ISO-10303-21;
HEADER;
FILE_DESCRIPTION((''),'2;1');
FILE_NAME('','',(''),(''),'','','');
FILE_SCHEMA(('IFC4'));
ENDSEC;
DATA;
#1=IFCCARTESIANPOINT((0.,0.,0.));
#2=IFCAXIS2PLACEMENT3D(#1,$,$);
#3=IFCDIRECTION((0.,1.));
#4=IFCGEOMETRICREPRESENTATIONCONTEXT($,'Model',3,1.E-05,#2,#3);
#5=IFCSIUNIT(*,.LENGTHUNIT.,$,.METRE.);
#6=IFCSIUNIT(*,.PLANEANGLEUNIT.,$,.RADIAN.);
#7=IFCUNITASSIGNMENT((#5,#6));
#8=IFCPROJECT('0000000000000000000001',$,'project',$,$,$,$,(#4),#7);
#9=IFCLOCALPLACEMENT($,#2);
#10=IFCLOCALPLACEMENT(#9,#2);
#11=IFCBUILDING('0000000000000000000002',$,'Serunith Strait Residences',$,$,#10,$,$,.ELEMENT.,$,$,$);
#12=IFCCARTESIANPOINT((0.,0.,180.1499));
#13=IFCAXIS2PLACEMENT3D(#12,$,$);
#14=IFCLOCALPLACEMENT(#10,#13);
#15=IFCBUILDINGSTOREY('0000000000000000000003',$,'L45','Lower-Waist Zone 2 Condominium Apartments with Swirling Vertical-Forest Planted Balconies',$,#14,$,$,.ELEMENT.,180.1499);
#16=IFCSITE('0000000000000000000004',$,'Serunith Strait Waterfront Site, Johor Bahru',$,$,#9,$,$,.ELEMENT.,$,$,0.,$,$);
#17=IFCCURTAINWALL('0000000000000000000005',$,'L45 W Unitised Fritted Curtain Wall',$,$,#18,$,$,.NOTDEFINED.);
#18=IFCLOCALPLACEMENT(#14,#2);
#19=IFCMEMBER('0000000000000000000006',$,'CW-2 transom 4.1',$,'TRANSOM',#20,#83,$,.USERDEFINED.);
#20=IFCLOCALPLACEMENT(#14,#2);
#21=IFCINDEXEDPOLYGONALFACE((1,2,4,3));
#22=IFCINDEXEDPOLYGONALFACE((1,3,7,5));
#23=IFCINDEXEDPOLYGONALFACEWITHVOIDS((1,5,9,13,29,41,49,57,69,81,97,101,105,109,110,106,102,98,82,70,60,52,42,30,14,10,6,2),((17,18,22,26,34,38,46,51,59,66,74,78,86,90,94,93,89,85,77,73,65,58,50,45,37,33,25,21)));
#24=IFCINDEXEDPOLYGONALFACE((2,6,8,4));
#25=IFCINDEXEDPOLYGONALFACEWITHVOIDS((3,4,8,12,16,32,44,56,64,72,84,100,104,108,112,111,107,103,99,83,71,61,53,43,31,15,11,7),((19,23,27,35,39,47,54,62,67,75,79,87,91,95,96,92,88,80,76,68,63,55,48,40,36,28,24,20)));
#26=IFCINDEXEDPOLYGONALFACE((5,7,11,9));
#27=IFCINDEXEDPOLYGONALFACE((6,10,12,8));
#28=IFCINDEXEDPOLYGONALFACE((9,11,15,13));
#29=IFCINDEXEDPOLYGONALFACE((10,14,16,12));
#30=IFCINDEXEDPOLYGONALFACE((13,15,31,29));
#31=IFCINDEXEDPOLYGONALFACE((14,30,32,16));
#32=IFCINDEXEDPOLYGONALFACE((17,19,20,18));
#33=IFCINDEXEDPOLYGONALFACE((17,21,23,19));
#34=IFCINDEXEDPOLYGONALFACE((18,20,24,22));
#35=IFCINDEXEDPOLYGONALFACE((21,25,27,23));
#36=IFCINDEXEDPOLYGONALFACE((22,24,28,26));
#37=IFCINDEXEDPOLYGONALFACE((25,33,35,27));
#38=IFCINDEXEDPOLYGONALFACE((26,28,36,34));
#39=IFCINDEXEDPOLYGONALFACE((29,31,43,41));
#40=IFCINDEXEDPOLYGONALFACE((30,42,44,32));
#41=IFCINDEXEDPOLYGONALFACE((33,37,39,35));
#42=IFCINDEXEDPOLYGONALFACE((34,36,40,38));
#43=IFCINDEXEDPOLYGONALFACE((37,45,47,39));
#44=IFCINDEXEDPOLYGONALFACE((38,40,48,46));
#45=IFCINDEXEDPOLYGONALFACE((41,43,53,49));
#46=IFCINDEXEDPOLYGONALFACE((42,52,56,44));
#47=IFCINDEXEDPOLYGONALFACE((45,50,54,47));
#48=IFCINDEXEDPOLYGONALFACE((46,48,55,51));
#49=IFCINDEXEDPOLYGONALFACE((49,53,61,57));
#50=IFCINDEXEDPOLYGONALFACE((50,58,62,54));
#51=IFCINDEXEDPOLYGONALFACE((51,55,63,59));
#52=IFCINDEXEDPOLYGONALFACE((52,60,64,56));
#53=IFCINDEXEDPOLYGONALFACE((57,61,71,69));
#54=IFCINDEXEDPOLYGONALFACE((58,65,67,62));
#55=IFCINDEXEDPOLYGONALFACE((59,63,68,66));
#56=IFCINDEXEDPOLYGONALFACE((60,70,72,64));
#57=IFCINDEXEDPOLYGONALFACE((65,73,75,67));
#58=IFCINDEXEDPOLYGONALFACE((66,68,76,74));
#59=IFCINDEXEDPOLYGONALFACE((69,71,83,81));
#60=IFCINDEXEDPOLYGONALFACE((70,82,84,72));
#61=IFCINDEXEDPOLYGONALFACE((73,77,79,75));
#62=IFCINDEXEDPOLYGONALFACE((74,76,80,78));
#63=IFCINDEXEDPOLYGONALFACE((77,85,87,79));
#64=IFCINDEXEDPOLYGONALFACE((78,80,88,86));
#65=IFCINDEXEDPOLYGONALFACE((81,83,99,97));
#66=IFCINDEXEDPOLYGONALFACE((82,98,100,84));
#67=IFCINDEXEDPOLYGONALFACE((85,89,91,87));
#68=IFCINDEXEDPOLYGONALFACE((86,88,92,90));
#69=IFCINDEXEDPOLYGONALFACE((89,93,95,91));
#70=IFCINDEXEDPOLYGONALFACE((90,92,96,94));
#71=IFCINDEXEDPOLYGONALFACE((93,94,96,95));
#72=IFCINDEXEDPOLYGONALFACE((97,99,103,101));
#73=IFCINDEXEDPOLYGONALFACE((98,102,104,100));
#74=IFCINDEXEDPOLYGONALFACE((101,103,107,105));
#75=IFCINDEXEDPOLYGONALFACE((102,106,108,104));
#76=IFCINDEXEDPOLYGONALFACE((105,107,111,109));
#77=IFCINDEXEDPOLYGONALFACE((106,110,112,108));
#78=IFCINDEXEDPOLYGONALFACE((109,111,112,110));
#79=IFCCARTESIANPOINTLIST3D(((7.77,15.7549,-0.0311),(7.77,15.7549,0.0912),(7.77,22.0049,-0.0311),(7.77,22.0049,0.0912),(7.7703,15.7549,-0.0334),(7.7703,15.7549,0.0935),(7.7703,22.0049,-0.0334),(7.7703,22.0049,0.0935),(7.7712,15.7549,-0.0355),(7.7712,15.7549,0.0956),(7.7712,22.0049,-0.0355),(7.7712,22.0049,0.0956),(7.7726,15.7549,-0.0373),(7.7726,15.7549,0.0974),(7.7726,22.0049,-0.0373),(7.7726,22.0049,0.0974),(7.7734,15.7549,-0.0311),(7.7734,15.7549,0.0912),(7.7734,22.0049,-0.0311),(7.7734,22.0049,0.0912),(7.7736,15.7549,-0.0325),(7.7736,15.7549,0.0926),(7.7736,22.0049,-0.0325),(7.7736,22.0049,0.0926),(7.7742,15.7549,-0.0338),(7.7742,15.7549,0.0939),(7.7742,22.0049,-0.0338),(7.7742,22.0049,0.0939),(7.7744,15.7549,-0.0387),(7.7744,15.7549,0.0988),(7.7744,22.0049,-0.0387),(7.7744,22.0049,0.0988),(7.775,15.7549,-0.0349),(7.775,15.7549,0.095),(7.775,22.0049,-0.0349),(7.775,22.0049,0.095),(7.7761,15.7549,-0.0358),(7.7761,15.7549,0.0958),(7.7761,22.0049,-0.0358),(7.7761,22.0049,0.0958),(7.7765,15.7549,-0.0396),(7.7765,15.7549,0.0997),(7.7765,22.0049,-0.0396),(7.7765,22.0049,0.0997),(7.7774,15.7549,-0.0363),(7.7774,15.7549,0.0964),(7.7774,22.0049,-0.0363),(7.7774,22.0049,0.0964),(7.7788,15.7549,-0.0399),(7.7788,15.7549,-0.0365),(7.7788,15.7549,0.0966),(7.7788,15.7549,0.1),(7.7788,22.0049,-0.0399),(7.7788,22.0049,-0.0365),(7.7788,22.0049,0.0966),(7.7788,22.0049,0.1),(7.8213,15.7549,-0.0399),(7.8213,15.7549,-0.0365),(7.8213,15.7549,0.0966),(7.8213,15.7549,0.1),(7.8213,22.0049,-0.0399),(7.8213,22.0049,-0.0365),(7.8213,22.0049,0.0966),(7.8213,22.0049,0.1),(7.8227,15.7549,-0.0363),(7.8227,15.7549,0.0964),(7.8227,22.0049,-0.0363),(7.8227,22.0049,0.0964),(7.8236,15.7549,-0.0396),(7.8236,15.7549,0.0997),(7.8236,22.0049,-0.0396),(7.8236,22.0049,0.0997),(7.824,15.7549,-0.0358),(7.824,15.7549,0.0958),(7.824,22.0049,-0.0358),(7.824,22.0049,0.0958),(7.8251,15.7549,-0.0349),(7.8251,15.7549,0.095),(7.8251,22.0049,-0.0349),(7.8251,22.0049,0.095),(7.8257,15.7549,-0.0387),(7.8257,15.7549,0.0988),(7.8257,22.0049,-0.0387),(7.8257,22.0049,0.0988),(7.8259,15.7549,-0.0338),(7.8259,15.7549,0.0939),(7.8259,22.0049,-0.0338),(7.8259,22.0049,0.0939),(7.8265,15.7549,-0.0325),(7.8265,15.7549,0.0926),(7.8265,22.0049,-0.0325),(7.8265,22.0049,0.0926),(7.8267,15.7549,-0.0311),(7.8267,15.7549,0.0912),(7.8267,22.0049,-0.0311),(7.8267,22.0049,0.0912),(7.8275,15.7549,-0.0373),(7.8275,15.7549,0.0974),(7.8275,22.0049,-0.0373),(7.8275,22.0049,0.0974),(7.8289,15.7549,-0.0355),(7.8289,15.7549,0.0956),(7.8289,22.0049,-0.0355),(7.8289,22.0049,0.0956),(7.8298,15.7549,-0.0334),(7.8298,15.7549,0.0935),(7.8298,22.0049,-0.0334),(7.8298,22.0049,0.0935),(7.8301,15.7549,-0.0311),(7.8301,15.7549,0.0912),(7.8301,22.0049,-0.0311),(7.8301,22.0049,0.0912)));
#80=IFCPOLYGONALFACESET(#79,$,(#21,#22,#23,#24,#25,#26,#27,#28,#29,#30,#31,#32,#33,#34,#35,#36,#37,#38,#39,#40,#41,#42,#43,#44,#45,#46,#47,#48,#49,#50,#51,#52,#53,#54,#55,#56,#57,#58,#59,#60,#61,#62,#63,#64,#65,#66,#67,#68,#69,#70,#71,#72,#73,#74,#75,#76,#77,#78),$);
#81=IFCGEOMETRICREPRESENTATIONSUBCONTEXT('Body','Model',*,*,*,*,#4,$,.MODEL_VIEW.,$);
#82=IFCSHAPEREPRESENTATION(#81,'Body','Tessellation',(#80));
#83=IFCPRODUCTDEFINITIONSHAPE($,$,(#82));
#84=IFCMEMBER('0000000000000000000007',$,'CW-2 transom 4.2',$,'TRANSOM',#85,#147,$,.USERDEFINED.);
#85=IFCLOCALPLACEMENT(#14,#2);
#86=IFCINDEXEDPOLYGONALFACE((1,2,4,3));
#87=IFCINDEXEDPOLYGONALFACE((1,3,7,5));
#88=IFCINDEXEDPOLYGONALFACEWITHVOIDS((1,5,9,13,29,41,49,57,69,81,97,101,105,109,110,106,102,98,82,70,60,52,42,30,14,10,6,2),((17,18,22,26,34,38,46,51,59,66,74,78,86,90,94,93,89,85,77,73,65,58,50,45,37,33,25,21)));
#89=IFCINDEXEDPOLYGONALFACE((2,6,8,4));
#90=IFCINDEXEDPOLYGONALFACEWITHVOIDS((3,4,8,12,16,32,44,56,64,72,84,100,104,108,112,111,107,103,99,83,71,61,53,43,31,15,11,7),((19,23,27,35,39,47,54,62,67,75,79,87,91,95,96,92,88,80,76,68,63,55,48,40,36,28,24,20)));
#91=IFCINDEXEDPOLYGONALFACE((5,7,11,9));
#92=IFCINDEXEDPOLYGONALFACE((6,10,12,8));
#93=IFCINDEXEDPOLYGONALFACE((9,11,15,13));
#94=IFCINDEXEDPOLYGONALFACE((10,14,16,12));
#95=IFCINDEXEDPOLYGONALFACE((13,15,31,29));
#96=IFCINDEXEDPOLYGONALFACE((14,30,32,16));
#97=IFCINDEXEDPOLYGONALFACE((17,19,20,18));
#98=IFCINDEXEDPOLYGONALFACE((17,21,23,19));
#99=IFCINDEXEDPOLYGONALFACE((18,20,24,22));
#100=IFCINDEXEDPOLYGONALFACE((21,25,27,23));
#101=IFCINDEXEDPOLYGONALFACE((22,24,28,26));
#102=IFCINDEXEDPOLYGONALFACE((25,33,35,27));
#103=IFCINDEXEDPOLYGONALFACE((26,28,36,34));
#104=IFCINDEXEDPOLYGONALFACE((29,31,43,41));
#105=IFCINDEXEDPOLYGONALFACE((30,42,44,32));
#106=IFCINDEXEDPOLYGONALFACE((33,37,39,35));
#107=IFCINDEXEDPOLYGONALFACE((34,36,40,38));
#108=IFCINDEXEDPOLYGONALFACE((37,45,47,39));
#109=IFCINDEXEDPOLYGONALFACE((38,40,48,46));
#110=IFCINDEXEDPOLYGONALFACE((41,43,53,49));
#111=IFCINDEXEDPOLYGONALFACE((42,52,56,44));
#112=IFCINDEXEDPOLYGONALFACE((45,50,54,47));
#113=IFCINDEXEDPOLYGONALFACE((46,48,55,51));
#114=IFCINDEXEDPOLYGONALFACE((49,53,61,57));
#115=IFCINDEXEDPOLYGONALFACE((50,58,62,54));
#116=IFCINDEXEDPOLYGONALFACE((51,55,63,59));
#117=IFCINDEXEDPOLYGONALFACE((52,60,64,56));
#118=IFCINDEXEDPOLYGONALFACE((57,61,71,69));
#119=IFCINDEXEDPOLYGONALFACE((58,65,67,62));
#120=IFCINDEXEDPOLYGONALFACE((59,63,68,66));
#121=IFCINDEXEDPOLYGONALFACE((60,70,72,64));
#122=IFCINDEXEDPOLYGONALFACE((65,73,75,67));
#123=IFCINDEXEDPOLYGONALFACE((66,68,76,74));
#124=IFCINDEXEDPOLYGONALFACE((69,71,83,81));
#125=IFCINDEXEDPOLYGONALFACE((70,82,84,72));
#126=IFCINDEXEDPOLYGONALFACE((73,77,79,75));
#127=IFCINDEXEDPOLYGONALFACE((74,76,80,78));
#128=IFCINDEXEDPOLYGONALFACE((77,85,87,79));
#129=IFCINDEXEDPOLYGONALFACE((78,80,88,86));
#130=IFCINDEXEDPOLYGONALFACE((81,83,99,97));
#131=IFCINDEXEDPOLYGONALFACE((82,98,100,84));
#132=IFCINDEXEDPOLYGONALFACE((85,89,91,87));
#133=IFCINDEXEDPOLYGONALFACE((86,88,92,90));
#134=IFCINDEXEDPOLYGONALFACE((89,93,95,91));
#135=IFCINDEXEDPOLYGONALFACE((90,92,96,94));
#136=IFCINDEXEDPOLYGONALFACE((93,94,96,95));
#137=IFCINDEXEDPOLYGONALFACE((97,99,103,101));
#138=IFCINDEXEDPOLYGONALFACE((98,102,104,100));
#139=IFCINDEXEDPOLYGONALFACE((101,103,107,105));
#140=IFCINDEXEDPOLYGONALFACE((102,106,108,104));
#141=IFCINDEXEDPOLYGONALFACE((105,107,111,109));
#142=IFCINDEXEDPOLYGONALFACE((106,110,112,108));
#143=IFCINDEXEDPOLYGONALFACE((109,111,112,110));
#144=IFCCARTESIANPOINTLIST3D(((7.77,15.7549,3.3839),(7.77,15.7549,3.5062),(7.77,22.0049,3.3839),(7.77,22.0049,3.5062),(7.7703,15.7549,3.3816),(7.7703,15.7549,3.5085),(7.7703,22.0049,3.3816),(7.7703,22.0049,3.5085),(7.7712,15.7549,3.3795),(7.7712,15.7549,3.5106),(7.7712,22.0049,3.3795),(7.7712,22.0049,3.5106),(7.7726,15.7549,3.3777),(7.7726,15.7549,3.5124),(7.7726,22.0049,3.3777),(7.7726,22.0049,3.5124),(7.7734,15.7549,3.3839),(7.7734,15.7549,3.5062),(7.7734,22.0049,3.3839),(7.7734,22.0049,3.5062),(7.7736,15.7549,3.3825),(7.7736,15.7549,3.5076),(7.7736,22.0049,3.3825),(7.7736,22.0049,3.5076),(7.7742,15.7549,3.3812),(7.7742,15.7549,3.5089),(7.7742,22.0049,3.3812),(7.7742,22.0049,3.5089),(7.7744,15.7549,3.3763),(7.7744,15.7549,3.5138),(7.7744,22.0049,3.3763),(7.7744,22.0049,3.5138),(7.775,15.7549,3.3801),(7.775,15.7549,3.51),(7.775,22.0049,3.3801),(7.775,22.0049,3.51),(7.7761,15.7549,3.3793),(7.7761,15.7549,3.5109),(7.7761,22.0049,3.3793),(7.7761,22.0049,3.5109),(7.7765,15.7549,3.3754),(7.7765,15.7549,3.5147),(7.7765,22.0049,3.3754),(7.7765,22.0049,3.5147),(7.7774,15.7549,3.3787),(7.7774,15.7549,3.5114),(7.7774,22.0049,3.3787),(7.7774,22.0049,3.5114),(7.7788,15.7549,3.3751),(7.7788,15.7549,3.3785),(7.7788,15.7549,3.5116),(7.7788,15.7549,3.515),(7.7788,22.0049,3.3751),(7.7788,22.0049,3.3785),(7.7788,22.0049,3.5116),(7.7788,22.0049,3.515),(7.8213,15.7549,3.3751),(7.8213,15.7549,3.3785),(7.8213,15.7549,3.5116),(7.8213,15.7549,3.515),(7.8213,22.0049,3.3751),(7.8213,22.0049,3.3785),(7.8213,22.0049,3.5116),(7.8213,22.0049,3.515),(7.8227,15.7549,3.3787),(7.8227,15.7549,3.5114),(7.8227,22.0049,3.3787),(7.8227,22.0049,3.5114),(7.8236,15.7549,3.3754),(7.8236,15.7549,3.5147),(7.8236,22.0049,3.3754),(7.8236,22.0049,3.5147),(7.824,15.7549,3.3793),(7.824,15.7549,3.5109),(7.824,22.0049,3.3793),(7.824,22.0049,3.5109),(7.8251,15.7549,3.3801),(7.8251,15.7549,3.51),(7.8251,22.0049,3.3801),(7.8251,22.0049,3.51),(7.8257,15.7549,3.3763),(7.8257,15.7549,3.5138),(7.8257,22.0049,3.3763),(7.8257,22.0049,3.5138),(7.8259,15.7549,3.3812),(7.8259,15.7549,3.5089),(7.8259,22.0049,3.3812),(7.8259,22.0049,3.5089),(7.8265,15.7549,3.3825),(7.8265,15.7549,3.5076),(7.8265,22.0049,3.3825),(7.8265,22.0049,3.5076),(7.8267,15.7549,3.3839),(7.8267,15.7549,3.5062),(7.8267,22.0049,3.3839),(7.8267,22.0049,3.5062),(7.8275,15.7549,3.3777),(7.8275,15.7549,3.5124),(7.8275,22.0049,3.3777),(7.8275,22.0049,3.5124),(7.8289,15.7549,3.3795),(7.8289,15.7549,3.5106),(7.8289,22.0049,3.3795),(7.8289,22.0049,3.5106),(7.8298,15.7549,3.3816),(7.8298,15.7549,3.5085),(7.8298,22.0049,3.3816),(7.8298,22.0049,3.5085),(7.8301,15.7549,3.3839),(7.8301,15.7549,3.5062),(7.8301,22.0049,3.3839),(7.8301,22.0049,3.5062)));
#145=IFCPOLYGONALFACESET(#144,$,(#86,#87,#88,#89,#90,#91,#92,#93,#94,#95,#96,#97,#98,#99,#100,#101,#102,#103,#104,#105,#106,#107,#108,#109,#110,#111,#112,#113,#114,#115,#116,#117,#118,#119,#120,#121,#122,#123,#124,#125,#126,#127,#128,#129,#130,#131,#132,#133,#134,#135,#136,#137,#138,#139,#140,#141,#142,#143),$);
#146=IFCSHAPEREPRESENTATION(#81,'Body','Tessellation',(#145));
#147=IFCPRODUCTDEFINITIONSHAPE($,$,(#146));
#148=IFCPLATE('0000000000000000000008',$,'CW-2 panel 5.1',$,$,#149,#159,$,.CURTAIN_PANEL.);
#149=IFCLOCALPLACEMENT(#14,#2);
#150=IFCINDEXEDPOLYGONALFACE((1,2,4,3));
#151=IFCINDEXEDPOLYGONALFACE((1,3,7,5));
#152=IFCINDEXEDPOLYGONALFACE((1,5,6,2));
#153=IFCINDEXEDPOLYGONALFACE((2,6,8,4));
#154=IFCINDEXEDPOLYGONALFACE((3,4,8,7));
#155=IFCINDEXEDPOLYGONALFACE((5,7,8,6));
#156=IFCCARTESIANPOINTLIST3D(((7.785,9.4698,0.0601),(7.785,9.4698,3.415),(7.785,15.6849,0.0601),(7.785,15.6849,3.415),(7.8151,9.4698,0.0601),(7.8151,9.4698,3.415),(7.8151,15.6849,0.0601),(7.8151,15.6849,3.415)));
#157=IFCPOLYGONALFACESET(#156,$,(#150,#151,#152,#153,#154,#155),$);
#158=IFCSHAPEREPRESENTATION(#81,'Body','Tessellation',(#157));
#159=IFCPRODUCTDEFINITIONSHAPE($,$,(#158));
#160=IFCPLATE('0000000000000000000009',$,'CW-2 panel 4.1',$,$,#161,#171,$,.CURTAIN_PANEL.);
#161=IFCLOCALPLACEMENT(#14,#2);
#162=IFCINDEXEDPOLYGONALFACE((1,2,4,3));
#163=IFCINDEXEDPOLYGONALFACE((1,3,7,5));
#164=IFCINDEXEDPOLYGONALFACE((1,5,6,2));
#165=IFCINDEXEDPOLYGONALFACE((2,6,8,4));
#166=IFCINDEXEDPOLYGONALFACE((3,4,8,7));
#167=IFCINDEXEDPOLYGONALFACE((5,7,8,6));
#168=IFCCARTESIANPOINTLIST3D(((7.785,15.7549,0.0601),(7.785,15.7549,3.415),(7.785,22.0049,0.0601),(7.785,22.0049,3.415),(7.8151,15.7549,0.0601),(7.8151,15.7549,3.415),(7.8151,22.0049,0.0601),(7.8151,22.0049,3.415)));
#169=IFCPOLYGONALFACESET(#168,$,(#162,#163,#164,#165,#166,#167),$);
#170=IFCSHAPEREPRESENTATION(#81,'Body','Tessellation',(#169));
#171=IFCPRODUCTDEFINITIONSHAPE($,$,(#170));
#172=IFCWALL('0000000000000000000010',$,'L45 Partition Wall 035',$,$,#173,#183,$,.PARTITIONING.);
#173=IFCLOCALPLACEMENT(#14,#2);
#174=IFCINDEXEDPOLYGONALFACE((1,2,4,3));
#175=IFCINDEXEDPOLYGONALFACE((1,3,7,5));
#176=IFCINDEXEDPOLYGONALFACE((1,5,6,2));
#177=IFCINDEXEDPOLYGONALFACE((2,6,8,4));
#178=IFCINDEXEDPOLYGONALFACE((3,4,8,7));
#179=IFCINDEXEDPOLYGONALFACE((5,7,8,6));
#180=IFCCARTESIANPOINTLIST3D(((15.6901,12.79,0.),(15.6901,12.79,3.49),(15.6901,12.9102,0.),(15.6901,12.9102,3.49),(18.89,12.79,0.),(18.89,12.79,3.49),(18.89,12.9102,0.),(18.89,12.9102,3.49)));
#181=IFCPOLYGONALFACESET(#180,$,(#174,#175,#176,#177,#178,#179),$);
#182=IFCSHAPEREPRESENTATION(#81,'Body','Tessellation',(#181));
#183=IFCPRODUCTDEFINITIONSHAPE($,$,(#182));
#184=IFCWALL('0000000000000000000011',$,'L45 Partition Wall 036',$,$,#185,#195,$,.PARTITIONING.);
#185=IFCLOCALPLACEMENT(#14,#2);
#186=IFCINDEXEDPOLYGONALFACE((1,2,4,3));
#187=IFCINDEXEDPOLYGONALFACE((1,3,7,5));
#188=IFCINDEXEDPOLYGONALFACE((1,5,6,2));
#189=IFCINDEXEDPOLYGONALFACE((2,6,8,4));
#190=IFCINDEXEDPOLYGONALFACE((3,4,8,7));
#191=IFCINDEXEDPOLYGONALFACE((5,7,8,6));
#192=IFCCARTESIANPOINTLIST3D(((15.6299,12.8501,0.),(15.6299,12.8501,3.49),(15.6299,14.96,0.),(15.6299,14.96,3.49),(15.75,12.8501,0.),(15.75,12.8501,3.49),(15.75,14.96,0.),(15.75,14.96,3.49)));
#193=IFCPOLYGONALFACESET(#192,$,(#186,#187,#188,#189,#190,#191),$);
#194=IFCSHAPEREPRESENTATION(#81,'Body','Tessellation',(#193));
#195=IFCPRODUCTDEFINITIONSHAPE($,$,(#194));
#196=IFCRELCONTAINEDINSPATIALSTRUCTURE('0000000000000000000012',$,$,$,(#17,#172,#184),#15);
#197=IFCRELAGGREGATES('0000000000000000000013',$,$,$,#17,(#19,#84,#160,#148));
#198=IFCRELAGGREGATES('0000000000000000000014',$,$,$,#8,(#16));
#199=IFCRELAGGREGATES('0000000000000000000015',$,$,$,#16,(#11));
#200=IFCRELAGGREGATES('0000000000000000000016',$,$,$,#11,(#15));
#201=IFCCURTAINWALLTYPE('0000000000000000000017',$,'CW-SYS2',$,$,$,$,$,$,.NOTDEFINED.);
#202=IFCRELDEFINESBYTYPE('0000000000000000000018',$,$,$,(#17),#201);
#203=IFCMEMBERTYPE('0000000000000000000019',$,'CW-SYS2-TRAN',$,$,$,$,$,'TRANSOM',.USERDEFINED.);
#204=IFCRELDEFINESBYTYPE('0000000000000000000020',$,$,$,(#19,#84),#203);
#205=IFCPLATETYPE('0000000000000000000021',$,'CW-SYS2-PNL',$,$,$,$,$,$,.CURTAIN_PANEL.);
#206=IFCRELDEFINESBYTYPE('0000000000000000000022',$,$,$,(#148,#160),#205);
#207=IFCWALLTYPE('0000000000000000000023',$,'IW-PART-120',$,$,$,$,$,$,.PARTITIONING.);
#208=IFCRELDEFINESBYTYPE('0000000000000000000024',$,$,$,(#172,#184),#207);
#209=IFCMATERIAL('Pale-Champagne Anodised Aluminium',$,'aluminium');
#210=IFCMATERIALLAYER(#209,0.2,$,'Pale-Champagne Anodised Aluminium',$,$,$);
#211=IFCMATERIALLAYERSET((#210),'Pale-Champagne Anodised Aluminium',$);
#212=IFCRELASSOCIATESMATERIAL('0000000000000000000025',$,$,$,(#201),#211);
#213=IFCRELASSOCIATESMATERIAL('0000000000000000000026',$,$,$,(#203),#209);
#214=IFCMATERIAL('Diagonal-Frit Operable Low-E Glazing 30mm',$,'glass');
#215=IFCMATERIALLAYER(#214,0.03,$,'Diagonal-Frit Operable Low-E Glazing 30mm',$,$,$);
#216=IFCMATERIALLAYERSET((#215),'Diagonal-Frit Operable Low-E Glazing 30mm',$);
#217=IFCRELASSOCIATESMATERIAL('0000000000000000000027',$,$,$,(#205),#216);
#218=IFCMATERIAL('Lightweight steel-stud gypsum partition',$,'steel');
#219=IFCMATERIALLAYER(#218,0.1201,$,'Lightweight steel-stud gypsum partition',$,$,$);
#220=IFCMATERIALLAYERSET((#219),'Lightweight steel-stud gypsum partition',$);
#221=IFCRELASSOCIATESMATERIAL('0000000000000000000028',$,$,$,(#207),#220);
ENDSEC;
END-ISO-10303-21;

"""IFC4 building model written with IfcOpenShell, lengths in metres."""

from ifc_helpers import new_model, si_unit, direction, frame, frame_2d, origin, origin_2d, place, context, subcontext, project, spatial, rectangle, hollow_rectangle, extrude, source, transform, mapped, material, layer, layer_set, material_profile, profile_set, type_object, element, aggregate, save


model = new_model("IFC4")

# Units and contexts
model_context = context("Model", 3, precision=1e-05, world=origin(), true_north=direction((0.0, 1.0)))
body_context = subcontext(model_context, "Body", "Model", "MODEL_VIEW")
ifc_project = project(units=[si_unit("LENGTHUNIT", "METRE"), si_unit("PLANEANGLEUNIT", "RADIAN")], contexts=[model_context])

# Site, building, storey
site_placement = place(None, origin())
site = spatial("IfcSite", under=ifc_project, at=site_placement, Name="Serunith Strait Waterfront Site, Johor Bahru", CompositionType="ELEMENT", RefElevation=0.0)
building_placement = place(site_placement, origin())
building = spatial("IfcBuilding", under=site, at=building_placement, Name="Serunith Strait Residences", CompositionType="ELEMENT")
storey_placement = place(building_placement, frame((0.0, 0.0, 180.1499)))
storey = spatial("IfcBuildingStorey", under=building, at=storey_placement, Name="L45", Description="Lower-Waist Zone 2 Condominium Apartments with Swirling Vertical-Forest Planted Balconies", CompositionType="ELEMENT", Elevation=180.1499)

# Curtain wall, members, plates
ifc_material_1 = material(Name="Pale-Champagne Anodised Aluminium", Category="aluminium")
ifc_layer_1 = layer(ifc_material_1, 0.2, Name="Pale-Champagne Anodised Aluminium")
ifc_layer_set_1 = layer_set([ifc_layer_1], Name="Pale-Champagne Anodised Aluminium")
curtain_wall_type = type_object("IfcCurtainWallType", Name="CW-SYS2", PredefinedType="NOTDEFINED", material=ifc_layer_set_1)
curtain_wall_placement = place(storey_placement, origin())
curtain_wall = element("IfcCurtainWall", 1, at=curtain_wall_placement, inside=storey, type_object=curtain_wall_type, Name="L45 W Unitised Fritted Curtain Wall", PredefinedType="NOTDEFINED")
ifc_material_profile_1 = material_profile(ifc_material_1, hollow_rectangle(XDim=0.0601, YDim=0.1399, WallThickness=0.0034, InnerFilletRadius=0.0054, OuterFilletRadius=0.0088, at=origin_2d()), Name="ALU 140x60x3.5")
ifc_profile_set_1 = profile_set([ifc_material_profile_1], Name="Pale-Champagne Anodised Aluminium")
member_type_1 = type_object("IfcMemberType", Name="CW-SYS2-TRAN", ElementType="TRANSOM", PredefinedType="USERDEFINED", material=ifc_profile_set_1)
shared_shape_1 = source(origin(), body_context, "Body", "SweptSolid", [
    extrude(hollow_rectangle(XDim=0.0601, YDim=0.1399, WallThickness=0.0034, InnerFilletRadius=0.0054, OuterFilletRadius=0.0088, at=origin_2d()), origin(), (0.0, 0.0, 1.0), 6.25),
])
member_1_placement = place(storey_placement, frame((7.8, 22.0049, 0.03), z_axis=(0.0, -1.0, 0.0), x_axis=(1.0, 0.0, 0.0)))
member_1 = element("IfcMember", 2, at=member_1_placement, type_object=member_type_1, Name="CW-2 transom 4.1", ObjectType="TRANSOM", PredefinedType="USERDEFINED", context=body_context, shape_type="MappedRepresentation", body=[
    mapped(shared_shape_1, transform((0.0, 0.0, 0.0), scale=1.0)),
])
member_2_placement = place(storey_placement, frame((7.8, 22.0049, 3.4451), z_axis=(0.0, -1.0, 0.0), x_axis=(1.0, 0.0, 0.0)))
member_2 = element("IfcMember", 3, at=member_2_placement, type_object=member_type_1, Name="CW-2 transom 4.2", ObjectType="TRANSOM", PredefinedType="USERDEFINED", context=body_context, shape_type="MappedRepresentation", body=[
    mapped(shared_shape_1, transform((0.0, 0.0, 0.0), scale=1.0)),
])
ifc_material_2 = material(Name="Diagonal-Frit Operable Low-E Glazing 30mm", Category="glass")
ifc_layer_2 = layer(ifc_material_2, 0.03, Name="Diagonal-Frit Operable Low-E Glazing 30mm")
ifc_layer_set_2 = layer_set([ifc_layer_2], Name="Diagonal-Frit Operable Low-E Glazing 30mm")
plate_type = type_object("IfcPlateType", Name="CW-SYS2-PNL", PredefinedType="CURTAIN_PANEL", material=ifc_layer_set_2)
shared_shape_2 = source(origin(), body_context, "Body", "SweptSolid", [
    extrude(rectangle(XDim=6.2151, YDim=0.03, at=origin_2d()), origin(), (0.0, 0.0, 1.0), 3.355),
])
plate_1_placement = place(storey_placement, frame((7.8, 12.5774, 0.0601), z_axis=(0.0, 0.0, 1.0), x_axis=(0.0, -1.0, 0.0)))
plate_1 = element("IfcPlate", 4, at=plate_1_placement, type_object=plate_type, Name="CW-2 panel 5.1", PredefinedType="CURTAIN_PANEL", context=body_context, shape_type="MappedRepresentation", body=[
    mapped(shared_shape_2, transform((0.0, 0.0, 0.0), scale=1.0)),
])
shared_shape_3 = source(origin(), body_context, "Body", "SweptSolid", [
    extrude(rectangle(XDim=6.25, YDim=0.03, at=origin_2d()), origin(), (0.0, 0.0, 1.0), 3.355),
])
plate_2_placement = place(storey_placement, frame((7.8, 18.8799, 0.0601), z_axis=(0.0, 0.0, 1.0), x_axis=(0.0, -1.0, 0.0)))
plate_2 = element("IfcPlate", 5, at=plate_2_placement, type_object=plate_type, Name="CW-2 panel 4.1", PredefinedType="CURTAIN_PANEL", context=body_context, shape_type="MappedRepresentation", body=[
    mapped(shared_shape_3, transform((0.0, 0.0, 0.0), scale=1.0)),
])
aggregate(curtain_wall, [member_1, member_2, plate_2, plate_1])

# Walls
ifc_material_3 = material(Name="Lightweight steel-stud gypsum partition", Category="steel")
ifc_layer_3 = layer(ifc_material_3, 0.1201, Name="Lightweight steel-stud gypsum partition")
ifc_layer_set_3 = layer_set([ifc_layer_3], Name="Lightweight steel-stud gypsum partition")
wall_type_1 = type_object("IfcWallType", Name="IW-PART-120", PredefinedType="PARTITIONING", material=ifc_layer_set_3)
wall_1_placement = place(storey_placement, frame((15.6899, 12.8501, 0.0), z_axis=(0.0, 0.0, 1.0), x_axis=(1.0, 0.0, 0.0)))
element("IfcWall", 6, at=wall_1_placement, inside=storey, type_object=wall_type_1, Name="L45 Partition Wall 035", PredefinedType="PARTITIONING", context=body_context, shape_type="SweptSolid", body=[
    extrude(rectangle(XDim=3.2, YDim=0.1201, at=frame_2d((1.6001, 0.0))), origin(), (0.0, 0.0, 1.0), 3.49),
])
wall_2_placement = place(storey_placement, frame((15.6899, 12.8501, 0.0), z_axis=(0.0, 0.0, 1.0), x_axis=(0.0, 1.0, 0.0)))
element("IfcWall", 7, at=wall_2_placement, inside=storey, type_object=wall_type_1, Name="L45 Partition Wall 036", PredefinedType="PARTITIONING", context=body_context, shape_type="SweptSolid", body=[
    extrude(rectangle(XDim=2.1099, YDim=0.1201, at=frame_2d((1.0549, 0.0))), origin(), (0.0, 0.0, 1.0), 3.49),
])

save(model, "model.ifc")
